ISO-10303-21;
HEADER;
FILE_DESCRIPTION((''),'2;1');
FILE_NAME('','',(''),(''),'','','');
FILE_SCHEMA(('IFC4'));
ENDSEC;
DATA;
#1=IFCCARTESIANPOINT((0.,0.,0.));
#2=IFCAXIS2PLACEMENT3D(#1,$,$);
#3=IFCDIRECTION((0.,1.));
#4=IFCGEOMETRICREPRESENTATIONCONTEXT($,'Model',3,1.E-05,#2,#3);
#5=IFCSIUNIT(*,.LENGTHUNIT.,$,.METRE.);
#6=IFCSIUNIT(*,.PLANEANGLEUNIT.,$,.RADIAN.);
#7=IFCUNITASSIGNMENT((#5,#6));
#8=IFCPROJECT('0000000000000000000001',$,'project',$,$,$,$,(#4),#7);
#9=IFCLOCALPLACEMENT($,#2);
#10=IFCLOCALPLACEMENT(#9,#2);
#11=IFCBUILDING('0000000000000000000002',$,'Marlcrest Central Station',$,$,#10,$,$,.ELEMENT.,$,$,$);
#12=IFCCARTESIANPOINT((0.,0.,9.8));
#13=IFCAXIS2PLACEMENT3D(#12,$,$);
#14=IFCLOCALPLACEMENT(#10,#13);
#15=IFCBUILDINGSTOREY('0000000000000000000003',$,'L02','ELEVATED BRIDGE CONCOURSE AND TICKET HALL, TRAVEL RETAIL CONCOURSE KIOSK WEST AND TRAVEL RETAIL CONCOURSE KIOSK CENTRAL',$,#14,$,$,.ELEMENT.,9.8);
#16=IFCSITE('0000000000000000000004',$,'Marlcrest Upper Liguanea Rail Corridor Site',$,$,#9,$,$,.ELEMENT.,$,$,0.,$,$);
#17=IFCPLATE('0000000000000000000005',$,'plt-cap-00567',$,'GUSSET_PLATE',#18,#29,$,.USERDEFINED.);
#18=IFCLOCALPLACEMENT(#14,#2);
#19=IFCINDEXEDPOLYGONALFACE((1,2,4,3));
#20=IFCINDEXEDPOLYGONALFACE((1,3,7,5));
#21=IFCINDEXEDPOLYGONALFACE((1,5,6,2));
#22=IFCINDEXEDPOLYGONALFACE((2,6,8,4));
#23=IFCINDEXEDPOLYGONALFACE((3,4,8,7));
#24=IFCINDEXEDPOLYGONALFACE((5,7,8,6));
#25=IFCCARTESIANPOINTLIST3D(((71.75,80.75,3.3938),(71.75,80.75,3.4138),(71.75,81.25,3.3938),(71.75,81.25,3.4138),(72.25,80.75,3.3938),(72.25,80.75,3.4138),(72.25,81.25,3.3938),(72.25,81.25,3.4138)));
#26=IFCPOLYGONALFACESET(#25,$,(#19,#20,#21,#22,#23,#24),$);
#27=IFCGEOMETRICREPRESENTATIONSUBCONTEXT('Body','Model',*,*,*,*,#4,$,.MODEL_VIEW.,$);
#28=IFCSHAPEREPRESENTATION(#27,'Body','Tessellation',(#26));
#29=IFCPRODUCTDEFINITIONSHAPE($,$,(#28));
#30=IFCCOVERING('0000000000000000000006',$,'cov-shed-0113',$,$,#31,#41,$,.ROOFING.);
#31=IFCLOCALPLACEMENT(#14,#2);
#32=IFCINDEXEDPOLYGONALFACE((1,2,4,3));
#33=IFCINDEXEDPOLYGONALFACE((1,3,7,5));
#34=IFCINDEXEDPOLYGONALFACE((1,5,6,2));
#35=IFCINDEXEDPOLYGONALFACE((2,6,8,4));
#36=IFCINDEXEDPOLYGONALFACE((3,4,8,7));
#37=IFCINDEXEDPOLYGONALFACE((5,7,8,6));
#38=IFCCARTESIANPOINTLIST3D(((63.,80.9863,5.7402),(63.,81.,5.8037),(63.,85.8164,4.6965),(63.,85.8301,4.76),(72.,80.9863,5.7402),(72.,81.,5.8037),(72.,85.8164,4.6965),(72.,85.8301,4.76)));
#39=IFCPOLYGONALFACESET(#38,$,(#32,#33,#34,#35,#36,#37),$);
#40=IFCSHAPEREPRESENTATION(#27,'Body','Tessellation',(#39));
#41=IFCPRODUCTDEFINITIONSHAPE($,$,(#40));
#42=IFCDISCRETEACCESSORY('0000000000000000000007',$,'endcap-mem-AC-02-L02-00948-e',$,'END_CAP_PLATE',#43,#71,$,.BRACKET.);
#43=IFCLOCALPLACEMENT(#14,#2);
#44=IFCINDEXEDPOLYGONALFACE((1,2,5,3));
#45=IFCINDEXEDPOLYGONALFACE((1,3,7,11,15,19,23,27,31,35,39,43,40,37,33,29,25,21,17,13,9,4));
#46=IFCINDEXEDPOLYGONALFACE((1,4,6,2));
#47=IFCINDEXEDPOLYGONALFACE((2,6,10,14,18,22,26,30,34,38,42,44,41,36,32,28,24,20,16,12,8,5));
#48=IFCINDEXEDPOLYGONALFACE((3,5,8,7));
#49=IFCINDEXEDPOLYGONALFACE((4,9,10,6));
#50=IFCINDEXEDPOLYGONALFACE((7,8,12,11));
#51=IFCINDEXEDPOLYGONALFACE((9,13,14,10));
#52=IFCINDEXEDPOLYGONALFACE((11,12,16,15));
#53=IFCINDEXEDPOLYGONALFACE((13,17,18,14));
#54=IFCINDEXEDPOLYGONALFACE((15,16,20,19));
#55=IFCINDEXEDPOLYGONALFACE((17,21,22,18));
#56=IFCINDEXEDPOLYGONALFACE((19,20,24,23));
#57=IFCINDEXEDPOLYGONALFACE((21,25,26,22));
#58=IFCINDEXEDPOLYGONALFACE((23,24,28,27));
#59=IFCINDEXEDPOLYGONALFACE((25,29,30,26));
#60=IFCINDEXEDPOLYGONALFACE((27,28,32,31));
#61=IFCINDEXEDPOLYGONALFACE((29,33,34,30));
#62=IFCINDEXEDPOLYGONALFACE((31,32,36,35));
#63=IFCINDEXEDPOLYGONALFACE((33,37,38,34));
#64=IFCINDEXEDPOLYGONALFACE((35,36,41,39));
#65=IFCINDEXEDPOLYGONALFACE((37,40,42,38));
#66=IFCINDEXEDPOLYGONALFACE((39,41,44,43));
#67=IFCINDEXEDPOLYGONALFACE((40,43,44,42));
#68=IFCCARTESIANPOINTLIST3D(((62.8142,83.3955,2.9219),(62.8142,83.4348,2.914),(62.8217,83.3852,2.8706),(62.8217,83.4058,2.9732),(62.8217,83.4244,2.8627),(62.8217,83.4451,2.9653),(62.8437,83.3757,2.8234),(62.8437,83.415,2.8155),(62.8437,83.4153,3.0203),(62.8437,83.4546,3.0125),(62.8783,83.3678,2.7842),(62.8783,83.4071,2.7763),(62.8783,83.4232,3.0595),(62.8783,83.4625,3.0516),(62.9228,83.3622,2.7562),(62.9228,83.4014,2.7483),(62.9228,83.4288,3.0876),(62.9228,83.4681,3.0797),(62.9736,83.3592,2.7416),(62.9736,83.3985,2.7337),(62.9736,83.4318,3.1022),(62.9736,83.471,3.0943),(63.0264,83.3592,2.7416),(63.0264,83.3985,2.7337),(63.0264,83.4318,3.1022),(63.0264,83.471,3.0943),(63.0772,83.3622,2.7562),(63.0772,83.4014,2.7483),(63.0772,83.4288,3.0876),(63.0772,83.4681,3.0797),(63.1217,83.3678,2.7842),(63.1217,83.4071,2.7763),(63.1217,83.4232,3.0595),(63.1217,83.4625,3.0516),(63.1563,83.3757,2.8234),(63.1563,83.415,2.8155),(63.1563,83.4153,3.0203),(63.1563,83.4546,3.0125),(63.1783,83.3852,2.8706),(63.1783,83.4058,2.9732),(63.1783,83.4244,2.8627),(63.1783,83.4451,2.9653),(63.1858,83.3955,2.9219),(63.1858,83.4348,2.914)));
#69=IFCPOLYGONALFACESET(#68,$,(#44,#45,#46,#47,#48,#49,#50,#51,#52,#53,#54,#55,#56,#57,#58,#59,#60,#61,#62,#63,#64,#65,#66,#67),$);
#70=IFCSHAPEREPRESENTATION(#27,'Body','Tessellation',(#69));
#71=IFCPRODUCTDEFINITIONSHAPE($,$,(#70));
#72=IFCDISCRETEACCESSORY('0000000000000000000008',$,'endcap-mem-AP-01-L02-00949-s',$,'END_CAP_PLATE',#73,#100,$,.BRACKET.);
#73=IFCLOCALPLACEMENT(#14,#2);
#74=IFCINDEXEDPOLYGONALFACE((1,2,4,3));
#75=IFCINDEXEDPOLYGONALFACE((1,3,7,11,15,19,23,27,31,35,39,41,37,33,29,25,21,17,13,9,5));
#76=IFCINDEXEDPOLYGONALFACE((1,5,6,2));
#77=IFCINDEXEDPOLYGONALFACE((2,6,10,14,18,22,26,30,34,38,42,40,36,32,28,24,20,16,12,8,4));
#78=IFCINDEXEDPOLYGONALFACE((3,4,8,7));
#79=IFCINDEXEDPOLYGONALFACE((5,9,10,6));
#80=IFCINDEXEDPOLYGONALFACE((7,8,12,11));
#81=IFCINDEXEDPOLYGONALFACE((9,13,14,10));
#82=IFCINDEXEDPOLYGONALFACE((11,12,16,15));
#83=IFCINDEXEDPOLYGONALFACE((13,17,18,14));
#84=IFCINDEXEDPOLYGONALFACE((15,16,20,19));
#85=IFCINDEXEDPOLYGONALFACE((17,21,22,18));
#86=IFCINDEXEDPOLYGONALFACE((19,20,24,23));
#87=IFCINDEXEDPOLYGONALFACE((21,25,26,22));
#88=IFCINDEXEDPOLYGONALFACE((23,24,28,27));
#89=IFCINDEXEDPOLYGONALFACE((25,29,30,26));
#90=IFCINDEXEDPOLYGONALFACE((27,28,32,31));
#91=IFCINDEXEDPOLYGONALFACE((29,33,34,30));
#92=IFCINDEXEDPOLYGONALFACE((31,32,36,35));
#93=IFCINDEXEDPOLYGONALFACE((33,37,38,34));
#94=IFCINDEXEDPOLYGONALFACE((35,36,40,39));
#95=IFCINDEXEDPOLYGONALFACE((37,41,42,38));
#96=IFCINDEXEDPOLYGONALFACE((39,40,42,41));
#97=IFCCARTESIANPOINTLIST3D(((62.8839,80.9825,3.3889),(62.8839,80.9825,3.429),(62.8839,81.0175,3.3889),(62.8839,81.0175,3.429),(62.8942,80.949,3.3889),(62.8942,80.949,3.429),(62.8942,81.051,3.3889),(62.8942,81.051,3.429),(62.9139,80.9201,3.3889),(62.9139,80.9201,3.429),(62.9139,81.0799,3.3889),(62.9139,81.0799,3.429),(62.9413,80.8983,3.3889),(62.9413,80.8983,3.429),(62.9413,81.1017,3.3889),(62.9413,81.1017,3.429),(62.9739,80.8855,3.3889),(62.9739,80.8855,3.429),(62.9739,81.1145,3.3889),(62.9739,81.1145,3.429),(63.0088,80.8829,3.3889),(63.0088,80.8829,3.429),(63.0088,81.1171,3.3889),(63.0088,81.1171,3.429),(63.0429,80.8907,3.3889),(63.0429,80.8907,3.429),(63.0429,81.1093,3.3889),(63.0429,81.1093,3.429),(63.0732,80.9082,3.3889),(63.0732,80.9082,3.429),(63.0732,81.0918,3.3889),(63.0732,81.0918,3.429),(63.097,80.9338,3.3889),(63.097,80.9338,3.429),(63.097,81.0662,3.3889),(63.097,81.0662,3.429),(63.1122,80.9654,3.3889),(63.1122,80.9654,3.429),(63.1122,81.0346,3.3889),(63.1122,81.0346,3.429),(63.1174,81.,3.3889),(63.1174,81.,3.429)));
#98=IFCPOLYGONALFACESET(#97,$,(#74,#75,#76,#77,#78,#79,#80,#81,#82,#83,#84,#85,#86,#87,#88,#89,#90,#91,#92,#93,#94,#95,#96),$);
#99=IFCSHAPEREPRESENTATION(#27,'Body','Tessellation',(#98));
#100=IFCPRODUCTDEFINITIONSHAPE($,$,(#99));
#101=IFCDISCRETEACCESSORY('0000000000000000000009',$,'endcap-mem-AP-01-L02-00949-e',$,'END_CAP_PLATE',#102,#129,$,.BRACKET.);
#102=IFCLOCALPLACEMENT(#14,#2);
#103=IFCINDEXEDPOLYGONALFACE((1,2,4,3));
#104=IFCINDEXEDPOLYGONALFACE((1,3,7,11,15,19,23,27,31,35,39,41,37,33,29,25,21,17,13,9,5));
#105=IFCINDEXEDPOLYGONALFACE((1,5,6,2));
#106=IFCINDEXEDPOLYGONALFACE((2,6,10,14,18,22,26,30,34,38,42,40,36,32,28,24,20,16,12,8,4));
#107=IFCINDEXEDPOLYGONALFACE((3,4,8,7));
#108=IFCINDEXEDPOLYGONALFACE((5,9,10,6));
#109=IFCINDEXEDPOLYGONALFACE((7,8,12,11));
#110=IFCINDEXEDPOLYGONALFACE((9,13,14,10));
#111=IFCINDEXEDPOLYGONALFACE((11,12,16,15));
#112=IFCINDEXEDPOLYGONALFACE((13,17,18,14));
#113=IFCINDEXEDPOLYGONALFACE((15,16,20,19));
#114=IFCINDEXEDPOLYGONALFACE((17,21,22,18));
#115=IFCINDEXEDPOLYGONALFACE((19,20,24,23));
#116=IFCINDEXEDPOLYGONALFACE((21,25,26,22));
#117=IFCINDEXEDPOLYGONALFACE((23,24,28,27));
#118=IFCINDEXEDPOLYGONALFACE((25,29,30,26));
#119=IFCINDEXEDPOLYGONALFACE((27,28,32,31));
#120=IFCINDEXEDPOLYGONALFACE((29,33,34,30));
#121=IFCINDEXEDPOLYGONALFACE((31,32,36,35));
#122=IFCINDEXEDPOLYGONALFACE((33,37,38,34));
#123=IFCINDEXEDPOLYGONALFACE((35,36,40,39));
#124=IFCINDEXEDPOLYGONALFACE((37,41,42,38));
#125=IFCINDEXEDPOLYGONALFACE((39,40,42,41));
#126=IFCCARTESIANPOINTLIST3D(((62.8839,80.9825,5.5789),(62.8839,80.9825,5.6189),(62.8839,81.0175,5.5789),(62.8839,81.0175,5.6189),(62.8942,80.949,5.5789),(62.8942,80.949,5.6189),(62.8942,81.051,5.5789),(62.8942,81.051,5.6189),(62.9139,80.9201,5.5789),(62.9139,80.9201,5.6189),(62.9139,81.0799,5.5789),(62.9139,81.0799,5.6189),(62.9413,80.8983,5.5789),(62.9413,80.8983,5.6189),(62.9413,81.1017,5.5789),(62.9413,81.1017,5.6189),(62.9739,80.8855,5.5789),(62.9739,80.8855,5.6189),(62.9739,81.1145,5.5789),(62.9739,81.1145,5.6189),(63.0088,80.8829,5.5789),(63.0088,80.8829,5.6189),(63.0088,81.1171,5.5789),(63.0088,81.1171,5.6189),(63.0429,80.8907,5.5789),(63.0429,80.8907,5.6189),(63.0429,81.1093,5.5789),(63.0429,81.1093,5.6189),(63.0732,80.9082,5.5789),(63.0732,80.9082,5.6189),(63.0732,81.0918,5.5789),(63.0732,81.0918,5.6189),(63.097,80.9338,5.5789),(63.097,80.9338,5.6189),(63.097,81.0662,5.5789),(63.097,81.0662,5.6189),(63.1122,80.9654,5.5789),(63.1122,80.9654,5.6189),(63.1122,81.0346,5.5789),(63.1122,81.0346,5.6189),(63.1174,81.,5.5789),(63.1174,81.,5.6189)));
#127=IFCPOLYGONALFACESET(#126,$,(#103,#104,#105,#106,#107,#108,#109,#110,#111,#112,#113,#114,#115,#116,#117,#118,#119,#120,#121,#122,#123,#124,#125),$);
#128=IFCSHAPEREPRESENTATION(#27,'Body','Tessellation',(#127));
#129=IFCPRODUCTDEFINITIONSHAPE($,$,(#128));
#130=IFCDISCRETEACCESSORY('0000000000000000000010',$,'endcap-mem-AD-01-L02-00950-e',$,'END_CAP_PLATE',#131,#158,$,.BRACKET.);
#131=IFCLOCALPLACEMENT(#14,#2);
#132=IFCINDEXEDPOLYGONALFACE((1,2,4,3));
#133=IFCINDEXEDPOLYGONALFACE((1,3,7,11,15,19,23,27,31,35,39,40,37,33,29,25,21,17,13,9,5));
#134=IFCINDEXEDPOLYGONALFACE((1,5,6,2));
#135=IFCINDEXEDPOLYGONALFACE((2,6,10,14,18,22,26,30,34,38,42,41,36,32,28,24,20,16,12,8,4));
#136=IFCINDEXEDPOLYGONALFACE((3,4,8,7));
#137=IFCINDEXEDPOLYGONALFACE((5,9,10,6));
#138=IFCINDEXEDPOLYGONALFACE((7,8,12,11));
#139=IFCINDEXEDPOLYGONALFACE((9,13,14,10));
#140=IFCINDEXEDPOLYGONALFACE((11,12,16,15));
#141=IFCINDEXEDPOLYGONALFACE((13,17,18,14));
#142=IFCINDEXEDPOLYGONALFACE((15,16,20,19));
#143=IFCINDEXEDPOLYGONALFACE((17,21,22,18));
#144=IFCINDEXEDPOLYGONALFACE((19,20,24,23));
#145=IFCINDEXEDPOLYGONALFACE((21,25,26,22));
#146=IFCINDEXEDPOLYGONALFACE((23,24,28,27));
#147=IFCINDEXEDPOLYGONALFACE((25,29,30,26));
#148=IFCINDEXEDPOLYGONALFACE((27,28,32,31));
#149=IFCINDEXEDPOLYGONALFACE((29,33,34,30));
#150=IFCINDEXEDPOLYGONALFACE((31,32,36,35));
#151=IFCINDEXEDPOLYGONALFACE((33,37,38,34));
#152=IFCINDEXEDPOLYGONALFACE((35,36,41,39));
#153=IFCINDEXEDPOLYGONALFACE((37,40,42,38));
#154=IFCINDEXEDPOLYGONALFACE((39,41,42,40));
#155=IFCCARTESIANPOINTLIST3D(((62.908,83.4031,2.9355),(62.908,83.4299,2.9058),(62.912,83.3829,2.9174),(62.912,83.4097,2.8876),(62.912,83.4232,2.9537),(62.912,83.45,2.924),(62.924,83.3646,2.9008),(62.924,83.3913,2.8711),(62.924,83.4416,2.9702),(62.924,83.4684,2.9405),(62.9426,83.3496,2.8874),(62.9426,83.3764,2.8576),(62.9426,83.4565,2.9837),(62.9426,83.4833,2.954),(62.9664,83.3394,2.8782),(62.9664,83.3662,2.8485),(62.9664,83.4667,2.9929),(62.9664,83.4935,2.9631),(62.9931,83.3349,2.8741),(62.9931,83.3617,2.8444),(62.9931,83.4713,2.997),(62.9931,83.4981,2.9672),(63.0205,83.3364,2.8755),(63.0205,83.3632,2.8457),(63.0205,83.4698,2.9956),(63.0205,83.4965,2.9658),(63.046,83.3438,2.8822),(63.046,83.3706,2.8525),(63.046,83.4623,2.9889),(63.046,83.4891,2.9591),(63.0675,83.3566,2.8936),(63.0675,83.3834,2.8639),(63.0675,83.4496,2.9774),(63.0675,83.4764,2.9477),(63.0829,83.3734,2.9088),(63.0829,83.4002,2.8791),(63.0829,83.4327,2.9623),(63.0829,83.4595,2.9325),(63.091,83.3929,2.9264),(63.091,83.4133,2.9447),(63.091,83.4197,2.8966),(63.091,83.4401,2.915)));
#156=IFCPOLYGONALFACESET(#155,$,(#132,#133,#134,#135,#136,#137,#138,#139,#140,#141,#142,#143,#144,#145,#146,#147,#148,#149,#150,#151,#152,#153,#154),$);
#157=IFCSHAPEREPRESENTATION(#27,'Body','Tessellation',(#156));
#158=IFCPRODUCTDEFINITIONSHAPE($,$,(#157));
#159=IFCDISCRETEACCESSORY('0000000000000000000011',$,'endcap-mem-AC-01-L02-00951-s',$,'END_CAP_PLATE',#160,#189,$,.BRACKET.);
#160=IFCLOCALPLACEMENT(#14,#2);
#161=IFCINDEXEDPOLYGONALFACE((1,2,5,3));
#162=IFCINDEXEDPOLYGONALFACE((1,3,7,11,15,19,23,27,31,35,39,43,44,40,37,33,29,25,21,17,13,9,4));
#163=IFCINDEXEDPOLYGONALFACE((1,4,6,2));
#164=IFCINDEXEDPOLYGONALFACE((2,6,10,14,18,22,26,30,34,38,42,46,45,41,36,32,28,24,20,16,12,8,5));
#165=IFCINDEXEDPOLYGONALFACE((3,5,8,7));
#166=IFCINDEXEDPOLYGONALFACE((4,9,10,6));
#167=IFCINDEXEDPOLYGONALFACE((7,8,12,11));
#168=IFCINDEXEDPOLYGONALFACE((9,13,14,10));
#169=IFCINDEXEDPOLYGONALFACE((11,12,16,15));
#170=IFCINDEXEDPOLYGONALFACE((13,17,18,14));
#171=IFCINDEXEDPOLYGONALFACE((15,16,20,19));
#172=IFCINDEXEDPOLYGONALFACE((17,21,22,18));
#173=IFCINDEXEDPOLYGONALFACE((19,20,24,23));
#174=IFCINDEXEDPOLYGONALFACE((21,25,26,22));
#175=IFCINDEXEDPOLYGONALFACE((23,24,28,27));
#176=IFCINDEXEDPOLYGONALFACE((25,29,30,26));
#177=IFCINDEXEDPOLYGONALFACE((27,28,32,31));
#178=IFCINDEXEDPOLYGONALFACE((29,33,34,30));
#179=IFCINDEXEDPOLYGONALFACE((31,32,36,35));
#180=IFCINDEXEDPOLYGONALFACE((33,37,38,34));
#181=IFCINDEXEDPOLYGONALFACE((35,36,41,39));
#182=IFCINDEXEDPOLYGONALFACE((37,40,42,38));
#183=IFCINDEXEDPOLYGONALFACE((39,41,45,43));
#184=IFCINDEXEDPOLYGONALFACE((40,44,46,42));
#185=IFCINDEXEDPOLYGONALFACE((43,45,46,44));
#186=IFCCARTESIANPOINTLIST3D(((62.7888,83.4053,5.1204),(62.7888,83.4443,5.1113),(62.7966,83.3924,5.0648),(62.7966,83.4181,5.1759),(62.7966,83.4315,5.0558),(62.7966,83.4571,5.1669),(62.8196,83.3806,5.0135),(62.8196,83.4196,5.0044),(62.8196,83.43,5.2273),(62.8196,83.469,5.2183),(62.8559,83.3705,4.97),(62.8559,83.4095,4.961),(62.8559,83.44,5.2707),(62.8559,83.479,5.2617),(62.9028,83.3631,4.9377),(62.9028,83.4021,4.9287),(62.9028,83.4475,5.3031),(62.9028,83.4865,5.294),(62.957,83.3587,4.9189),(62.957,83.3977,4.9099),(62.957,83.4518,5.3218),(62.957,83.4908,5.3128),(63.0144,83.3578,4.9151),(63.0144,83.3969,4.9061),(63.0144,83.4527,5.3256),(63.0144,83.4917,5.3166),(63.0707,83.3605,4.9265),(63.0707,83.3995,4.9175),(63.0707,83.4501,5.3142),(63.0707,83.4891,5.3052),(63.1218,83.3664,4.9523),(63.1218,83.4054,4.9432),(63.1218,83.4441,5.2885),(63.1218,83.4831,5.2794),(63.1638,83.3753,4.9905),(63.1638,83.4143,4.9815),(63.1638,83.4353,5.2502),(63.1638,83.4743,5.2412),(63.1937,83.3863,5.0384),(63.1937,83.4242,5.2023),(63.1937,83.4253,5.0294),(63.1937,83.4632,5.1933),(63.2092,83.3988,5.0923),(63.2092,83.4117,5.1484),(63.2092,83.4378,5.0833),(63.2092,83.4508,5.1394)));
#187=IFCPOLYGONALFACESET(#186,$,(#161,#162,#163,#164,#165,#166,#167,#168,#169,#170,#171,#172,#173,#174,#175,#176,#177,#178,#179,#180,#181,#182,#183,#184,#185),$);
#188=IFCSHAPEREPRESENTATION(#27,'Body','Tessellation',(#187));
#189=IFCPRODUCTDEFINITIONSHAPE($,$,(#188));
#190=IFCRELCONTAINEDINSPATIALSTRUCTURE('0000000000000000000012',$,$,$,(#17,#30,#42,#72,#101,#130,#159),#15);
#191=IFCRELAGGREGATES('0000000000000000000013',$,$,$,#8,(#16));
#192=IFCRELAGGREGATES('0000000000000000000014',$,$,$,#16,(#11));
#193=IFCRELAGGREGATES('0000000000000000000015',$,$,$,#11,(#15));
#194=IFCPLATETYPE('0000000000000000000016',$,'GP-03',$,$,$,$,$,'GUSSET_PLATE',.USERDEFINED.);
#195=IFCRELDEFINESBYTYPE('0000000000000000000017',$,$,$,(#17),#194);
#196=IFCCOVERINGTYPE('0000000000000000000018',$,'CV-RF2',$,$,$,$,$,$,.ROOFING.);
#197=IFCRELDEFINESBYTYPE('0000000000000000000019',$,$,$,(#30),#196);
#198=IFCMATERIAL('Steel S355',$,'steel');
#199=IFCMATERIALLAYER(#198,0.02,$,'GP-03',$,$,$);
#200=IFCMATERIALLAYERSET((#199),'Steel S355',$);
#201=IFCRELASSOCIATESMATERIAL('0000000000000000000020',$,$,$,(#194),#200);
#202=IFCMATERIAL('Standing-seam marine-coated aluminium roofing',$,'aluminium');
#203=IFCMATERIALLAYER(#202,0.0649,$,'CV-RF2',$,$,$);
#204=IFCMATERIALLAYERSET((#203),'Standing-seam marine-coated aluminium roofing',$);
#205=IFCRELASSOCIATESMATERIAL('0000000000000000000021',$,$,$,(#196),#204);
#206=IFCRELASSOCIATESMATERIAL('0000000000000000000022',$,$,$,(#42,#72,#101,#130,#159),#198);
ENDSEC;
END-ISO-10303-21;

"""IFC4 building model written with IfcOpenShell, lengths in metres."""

from ifc_helpers import new_model, si_unit, direction, frame, origin, origin_2d, place, context, subcontext, project, spatial, polyline, rectangle, circle, outline, extrude, material, layer, layer_set, type_object, element, save


model = new_model("IFC4")

# Units and contexts
model_context = context("Model", 3, precision=1e-05, world=origin(), true_north=direction((0.0, 1.0)))
body_context = subcontext(model_context, "Body", "Model", "MODEL_VIEW")
ifc_project = project(units=[si_unit("LENGTHUNIT", "METRE"), si_unit("PLANEANGLEUNIT", "RADIAN")], contexts=[model_context])

# Site, building, storey
site_placement = place(None, origin())
site = spatial("IfcSite", under=ifc_project, at=site_placement, Name="Marlcrest Upper Liguanea Rail Corridor Site", CompositionType="ELEMENT", RefElevation=0.0)
building_placement = place(site_placement, origin())
building = spatial("IfcBuilding", under=site, at=building_placement, Name="Marlcrest Central Station", CompositionType="ELEMENT")
storey_placement = place(building_placement, frame((0.0, 0.0, 9.8)))
storey = spatial("IfcBuildingStorey", under=building, at=storey_placement, Name="L02", Description="ELEVATED BRIDGE CONCOURSE AND TICKET HALL, TRAVEL RETAIL CONCOURSE KIOSK WEST AND TRAVEL RETAIL CONCOURSE KIOSK CENTRAL", CompositionType="ELEMENT", Elevation=9.8)

# Shared definitions
ifc_material_1 = material(Name="Steel S355", Category="steel")

# Plate
ifc_layer_1 = layer(ifc_material_1, 0.02, Name="GP-03")
ifc_layer_set_1 = layer_set([ifc_layer_1], Name="Steel S355")
plate_type = type_object("IfcPlateType", Name="GP-03", ElementType="GUSSET_PLATE", PredefinedType="USERDEFINED", material=ifc_layer_set_1)
for number, where, z_axis, x_axis, name in (
    (1, (72.0, 81.0, 3.3938), (0.0, 0.0, 1.0), (1.0, 0.0, 0.0), "plt-cap-00567"),
):
    element("IfcPlate", number, at=place(storey_placement, frame(where, z_axis=z_axis, x_axis=x_axis)), inside=storey, type_object=plate_type, Name=name, ObjectType="GUSSET_PLATE", PredefinedType="USERDEFINED", context=body_context, shape_type="SweptSolid", body=[
        extrude(rectangle(XDim=0.5, YDim=0.5, at=origin_2d()), origin(), (0.0, 0.0, 1.0), 0.02),
    ])

# Covering
ifc_material_2 = material(Name="Standing-seam marine-coated aluminium roofing", Category="aluminium")
ifc_layer_2 = layer(ifc_material_2, 0.0649, Name="CV-RF2")
ifc_layer_set_2 = layer_set([ifc_layer_2], Name="Standing-seam marine-coated aluminium roofing")
covering_type = type_object("IfcCoveringType", Name="CV-RF2", PredefinedType="ROOFING", material=ifc_layer_set_2)
covering_placement = place(storey_placement, frame((63.0, 81.0, 5.8037), z_axis=(0.0, 0.211209, 0.977441), x_axis=(1.0, 0.0, 0.0)))
element("IfcCovering", 2, at=covering_placement, inside=storey, type_object=covering_type, Name="cov-shed-0113", PredefinedType="ROOFING", context=body_context, shape_type="SweptSolid", body=[
    extrude(outline(polyline([(0.0, 0.0), (9.0, 0.0), (9.0, 4.9416), (0.0, 4.9416), (0.0, 0.0)])), origin(), (0.0, 0.0, -1.0), 0.0649),
])

# Discrete accessories
discrete_accessory_1_placement = place(storey_placement, frame((63.0, 83.3955, 2.9219), z_axis=(0.0, 0.980359, -0.197219), x_axis=(-1.0, 0.0, 0.0)))
element("IfcDiscreteAccessory", 3, at=discrete_accessory_1_placement, inside=storey, material=ifc_material_1, Name="endcap-mem-AC-02-L02-00948-e", ObjectType="END_CAP_PLATE", PredefinedType="BRACKET", context=body_context, shape_type="SweptSolid", body=[
    extrude(circle(Radius=0.1858, at=origin_2d()), origin(), (0.0, 0.0, 1.0), 0.04),
])
for number, where, z_axis, x_axis, name in (
    (4, (63.0, 81.0, 3.3889), (0.0, 0.0, 1.0), (1.0, 0.0, 0.0), "endcap-mem-AP-01-L02-00949-s"),
    (5, (63.0, 81.0, 5.5789), (0.0, 0.0, 1.0), (1.0, 0.0, 0.0), "endcap-mem-AP-01-L02-00949-e"),
):
    element("IfcDiscreteAccessory", number, at=place(storey_placement, frame(where, z_axis=z_axis, x_axis=x_axis)), inside=storey, material=ifc_material_1, Name=name, ObjectType="END_CAP_PLATE", PredefinedType="BRACKET", context=body_context, shape_type="SweptSolid", body=[
        extrude(circle(Radius=0.1174, at=origin_2d()), origin(), (0.0, 0.0, 1.0), 0.04),
    ])
discrete_accessory_2_placement = place(storey_placement, frame((63.0, 83.4031, 2.9355), z_axis=(0.0, 0.669244, -0.743042), x_axis=(-1.0, 0.0, 0.0)))
element("IfcDiscreteAccessory", 6, at=discrete_accessory_2_placement, inside=storey, material=ifc_material_1, Name="endcap-mem-AD-01-L02-00950-e", ObjectType="END_CAP_PLATE", PredefinedType="BRACKET", context=body_context, shape_type="SweptSolid", body=[
    extrude(circle(Radius=0.092, at=origin_2d()), origin(), (0.0, 0.0, 1.0), 0.04),
])
discrete_accessory_3_placement = place(storey_placement, frame((63.0, 83.4053, 5.1204), z_axis=(0.0, 0.97433, -0.225126), x_axis=(-1.0, 0.0, 0.0)))
element("IfcDiscreteAccessory", 7, at=discrete_accessory_3_placement, inside=storey, material=ifc_material_1, Name="endcap-mem-AC-01-L02-00951-s", ObjectType="END_CAP_PLATE", PredefinedType="BRACKET", context=body_context, shape_type="SweptSolid", body=[
    extrude(circle(Radius=0.2112, at=origin_2d()), origin(), (0.0, 0.0, 1.0), 0.04),
])

save(model, "model.ifc")
